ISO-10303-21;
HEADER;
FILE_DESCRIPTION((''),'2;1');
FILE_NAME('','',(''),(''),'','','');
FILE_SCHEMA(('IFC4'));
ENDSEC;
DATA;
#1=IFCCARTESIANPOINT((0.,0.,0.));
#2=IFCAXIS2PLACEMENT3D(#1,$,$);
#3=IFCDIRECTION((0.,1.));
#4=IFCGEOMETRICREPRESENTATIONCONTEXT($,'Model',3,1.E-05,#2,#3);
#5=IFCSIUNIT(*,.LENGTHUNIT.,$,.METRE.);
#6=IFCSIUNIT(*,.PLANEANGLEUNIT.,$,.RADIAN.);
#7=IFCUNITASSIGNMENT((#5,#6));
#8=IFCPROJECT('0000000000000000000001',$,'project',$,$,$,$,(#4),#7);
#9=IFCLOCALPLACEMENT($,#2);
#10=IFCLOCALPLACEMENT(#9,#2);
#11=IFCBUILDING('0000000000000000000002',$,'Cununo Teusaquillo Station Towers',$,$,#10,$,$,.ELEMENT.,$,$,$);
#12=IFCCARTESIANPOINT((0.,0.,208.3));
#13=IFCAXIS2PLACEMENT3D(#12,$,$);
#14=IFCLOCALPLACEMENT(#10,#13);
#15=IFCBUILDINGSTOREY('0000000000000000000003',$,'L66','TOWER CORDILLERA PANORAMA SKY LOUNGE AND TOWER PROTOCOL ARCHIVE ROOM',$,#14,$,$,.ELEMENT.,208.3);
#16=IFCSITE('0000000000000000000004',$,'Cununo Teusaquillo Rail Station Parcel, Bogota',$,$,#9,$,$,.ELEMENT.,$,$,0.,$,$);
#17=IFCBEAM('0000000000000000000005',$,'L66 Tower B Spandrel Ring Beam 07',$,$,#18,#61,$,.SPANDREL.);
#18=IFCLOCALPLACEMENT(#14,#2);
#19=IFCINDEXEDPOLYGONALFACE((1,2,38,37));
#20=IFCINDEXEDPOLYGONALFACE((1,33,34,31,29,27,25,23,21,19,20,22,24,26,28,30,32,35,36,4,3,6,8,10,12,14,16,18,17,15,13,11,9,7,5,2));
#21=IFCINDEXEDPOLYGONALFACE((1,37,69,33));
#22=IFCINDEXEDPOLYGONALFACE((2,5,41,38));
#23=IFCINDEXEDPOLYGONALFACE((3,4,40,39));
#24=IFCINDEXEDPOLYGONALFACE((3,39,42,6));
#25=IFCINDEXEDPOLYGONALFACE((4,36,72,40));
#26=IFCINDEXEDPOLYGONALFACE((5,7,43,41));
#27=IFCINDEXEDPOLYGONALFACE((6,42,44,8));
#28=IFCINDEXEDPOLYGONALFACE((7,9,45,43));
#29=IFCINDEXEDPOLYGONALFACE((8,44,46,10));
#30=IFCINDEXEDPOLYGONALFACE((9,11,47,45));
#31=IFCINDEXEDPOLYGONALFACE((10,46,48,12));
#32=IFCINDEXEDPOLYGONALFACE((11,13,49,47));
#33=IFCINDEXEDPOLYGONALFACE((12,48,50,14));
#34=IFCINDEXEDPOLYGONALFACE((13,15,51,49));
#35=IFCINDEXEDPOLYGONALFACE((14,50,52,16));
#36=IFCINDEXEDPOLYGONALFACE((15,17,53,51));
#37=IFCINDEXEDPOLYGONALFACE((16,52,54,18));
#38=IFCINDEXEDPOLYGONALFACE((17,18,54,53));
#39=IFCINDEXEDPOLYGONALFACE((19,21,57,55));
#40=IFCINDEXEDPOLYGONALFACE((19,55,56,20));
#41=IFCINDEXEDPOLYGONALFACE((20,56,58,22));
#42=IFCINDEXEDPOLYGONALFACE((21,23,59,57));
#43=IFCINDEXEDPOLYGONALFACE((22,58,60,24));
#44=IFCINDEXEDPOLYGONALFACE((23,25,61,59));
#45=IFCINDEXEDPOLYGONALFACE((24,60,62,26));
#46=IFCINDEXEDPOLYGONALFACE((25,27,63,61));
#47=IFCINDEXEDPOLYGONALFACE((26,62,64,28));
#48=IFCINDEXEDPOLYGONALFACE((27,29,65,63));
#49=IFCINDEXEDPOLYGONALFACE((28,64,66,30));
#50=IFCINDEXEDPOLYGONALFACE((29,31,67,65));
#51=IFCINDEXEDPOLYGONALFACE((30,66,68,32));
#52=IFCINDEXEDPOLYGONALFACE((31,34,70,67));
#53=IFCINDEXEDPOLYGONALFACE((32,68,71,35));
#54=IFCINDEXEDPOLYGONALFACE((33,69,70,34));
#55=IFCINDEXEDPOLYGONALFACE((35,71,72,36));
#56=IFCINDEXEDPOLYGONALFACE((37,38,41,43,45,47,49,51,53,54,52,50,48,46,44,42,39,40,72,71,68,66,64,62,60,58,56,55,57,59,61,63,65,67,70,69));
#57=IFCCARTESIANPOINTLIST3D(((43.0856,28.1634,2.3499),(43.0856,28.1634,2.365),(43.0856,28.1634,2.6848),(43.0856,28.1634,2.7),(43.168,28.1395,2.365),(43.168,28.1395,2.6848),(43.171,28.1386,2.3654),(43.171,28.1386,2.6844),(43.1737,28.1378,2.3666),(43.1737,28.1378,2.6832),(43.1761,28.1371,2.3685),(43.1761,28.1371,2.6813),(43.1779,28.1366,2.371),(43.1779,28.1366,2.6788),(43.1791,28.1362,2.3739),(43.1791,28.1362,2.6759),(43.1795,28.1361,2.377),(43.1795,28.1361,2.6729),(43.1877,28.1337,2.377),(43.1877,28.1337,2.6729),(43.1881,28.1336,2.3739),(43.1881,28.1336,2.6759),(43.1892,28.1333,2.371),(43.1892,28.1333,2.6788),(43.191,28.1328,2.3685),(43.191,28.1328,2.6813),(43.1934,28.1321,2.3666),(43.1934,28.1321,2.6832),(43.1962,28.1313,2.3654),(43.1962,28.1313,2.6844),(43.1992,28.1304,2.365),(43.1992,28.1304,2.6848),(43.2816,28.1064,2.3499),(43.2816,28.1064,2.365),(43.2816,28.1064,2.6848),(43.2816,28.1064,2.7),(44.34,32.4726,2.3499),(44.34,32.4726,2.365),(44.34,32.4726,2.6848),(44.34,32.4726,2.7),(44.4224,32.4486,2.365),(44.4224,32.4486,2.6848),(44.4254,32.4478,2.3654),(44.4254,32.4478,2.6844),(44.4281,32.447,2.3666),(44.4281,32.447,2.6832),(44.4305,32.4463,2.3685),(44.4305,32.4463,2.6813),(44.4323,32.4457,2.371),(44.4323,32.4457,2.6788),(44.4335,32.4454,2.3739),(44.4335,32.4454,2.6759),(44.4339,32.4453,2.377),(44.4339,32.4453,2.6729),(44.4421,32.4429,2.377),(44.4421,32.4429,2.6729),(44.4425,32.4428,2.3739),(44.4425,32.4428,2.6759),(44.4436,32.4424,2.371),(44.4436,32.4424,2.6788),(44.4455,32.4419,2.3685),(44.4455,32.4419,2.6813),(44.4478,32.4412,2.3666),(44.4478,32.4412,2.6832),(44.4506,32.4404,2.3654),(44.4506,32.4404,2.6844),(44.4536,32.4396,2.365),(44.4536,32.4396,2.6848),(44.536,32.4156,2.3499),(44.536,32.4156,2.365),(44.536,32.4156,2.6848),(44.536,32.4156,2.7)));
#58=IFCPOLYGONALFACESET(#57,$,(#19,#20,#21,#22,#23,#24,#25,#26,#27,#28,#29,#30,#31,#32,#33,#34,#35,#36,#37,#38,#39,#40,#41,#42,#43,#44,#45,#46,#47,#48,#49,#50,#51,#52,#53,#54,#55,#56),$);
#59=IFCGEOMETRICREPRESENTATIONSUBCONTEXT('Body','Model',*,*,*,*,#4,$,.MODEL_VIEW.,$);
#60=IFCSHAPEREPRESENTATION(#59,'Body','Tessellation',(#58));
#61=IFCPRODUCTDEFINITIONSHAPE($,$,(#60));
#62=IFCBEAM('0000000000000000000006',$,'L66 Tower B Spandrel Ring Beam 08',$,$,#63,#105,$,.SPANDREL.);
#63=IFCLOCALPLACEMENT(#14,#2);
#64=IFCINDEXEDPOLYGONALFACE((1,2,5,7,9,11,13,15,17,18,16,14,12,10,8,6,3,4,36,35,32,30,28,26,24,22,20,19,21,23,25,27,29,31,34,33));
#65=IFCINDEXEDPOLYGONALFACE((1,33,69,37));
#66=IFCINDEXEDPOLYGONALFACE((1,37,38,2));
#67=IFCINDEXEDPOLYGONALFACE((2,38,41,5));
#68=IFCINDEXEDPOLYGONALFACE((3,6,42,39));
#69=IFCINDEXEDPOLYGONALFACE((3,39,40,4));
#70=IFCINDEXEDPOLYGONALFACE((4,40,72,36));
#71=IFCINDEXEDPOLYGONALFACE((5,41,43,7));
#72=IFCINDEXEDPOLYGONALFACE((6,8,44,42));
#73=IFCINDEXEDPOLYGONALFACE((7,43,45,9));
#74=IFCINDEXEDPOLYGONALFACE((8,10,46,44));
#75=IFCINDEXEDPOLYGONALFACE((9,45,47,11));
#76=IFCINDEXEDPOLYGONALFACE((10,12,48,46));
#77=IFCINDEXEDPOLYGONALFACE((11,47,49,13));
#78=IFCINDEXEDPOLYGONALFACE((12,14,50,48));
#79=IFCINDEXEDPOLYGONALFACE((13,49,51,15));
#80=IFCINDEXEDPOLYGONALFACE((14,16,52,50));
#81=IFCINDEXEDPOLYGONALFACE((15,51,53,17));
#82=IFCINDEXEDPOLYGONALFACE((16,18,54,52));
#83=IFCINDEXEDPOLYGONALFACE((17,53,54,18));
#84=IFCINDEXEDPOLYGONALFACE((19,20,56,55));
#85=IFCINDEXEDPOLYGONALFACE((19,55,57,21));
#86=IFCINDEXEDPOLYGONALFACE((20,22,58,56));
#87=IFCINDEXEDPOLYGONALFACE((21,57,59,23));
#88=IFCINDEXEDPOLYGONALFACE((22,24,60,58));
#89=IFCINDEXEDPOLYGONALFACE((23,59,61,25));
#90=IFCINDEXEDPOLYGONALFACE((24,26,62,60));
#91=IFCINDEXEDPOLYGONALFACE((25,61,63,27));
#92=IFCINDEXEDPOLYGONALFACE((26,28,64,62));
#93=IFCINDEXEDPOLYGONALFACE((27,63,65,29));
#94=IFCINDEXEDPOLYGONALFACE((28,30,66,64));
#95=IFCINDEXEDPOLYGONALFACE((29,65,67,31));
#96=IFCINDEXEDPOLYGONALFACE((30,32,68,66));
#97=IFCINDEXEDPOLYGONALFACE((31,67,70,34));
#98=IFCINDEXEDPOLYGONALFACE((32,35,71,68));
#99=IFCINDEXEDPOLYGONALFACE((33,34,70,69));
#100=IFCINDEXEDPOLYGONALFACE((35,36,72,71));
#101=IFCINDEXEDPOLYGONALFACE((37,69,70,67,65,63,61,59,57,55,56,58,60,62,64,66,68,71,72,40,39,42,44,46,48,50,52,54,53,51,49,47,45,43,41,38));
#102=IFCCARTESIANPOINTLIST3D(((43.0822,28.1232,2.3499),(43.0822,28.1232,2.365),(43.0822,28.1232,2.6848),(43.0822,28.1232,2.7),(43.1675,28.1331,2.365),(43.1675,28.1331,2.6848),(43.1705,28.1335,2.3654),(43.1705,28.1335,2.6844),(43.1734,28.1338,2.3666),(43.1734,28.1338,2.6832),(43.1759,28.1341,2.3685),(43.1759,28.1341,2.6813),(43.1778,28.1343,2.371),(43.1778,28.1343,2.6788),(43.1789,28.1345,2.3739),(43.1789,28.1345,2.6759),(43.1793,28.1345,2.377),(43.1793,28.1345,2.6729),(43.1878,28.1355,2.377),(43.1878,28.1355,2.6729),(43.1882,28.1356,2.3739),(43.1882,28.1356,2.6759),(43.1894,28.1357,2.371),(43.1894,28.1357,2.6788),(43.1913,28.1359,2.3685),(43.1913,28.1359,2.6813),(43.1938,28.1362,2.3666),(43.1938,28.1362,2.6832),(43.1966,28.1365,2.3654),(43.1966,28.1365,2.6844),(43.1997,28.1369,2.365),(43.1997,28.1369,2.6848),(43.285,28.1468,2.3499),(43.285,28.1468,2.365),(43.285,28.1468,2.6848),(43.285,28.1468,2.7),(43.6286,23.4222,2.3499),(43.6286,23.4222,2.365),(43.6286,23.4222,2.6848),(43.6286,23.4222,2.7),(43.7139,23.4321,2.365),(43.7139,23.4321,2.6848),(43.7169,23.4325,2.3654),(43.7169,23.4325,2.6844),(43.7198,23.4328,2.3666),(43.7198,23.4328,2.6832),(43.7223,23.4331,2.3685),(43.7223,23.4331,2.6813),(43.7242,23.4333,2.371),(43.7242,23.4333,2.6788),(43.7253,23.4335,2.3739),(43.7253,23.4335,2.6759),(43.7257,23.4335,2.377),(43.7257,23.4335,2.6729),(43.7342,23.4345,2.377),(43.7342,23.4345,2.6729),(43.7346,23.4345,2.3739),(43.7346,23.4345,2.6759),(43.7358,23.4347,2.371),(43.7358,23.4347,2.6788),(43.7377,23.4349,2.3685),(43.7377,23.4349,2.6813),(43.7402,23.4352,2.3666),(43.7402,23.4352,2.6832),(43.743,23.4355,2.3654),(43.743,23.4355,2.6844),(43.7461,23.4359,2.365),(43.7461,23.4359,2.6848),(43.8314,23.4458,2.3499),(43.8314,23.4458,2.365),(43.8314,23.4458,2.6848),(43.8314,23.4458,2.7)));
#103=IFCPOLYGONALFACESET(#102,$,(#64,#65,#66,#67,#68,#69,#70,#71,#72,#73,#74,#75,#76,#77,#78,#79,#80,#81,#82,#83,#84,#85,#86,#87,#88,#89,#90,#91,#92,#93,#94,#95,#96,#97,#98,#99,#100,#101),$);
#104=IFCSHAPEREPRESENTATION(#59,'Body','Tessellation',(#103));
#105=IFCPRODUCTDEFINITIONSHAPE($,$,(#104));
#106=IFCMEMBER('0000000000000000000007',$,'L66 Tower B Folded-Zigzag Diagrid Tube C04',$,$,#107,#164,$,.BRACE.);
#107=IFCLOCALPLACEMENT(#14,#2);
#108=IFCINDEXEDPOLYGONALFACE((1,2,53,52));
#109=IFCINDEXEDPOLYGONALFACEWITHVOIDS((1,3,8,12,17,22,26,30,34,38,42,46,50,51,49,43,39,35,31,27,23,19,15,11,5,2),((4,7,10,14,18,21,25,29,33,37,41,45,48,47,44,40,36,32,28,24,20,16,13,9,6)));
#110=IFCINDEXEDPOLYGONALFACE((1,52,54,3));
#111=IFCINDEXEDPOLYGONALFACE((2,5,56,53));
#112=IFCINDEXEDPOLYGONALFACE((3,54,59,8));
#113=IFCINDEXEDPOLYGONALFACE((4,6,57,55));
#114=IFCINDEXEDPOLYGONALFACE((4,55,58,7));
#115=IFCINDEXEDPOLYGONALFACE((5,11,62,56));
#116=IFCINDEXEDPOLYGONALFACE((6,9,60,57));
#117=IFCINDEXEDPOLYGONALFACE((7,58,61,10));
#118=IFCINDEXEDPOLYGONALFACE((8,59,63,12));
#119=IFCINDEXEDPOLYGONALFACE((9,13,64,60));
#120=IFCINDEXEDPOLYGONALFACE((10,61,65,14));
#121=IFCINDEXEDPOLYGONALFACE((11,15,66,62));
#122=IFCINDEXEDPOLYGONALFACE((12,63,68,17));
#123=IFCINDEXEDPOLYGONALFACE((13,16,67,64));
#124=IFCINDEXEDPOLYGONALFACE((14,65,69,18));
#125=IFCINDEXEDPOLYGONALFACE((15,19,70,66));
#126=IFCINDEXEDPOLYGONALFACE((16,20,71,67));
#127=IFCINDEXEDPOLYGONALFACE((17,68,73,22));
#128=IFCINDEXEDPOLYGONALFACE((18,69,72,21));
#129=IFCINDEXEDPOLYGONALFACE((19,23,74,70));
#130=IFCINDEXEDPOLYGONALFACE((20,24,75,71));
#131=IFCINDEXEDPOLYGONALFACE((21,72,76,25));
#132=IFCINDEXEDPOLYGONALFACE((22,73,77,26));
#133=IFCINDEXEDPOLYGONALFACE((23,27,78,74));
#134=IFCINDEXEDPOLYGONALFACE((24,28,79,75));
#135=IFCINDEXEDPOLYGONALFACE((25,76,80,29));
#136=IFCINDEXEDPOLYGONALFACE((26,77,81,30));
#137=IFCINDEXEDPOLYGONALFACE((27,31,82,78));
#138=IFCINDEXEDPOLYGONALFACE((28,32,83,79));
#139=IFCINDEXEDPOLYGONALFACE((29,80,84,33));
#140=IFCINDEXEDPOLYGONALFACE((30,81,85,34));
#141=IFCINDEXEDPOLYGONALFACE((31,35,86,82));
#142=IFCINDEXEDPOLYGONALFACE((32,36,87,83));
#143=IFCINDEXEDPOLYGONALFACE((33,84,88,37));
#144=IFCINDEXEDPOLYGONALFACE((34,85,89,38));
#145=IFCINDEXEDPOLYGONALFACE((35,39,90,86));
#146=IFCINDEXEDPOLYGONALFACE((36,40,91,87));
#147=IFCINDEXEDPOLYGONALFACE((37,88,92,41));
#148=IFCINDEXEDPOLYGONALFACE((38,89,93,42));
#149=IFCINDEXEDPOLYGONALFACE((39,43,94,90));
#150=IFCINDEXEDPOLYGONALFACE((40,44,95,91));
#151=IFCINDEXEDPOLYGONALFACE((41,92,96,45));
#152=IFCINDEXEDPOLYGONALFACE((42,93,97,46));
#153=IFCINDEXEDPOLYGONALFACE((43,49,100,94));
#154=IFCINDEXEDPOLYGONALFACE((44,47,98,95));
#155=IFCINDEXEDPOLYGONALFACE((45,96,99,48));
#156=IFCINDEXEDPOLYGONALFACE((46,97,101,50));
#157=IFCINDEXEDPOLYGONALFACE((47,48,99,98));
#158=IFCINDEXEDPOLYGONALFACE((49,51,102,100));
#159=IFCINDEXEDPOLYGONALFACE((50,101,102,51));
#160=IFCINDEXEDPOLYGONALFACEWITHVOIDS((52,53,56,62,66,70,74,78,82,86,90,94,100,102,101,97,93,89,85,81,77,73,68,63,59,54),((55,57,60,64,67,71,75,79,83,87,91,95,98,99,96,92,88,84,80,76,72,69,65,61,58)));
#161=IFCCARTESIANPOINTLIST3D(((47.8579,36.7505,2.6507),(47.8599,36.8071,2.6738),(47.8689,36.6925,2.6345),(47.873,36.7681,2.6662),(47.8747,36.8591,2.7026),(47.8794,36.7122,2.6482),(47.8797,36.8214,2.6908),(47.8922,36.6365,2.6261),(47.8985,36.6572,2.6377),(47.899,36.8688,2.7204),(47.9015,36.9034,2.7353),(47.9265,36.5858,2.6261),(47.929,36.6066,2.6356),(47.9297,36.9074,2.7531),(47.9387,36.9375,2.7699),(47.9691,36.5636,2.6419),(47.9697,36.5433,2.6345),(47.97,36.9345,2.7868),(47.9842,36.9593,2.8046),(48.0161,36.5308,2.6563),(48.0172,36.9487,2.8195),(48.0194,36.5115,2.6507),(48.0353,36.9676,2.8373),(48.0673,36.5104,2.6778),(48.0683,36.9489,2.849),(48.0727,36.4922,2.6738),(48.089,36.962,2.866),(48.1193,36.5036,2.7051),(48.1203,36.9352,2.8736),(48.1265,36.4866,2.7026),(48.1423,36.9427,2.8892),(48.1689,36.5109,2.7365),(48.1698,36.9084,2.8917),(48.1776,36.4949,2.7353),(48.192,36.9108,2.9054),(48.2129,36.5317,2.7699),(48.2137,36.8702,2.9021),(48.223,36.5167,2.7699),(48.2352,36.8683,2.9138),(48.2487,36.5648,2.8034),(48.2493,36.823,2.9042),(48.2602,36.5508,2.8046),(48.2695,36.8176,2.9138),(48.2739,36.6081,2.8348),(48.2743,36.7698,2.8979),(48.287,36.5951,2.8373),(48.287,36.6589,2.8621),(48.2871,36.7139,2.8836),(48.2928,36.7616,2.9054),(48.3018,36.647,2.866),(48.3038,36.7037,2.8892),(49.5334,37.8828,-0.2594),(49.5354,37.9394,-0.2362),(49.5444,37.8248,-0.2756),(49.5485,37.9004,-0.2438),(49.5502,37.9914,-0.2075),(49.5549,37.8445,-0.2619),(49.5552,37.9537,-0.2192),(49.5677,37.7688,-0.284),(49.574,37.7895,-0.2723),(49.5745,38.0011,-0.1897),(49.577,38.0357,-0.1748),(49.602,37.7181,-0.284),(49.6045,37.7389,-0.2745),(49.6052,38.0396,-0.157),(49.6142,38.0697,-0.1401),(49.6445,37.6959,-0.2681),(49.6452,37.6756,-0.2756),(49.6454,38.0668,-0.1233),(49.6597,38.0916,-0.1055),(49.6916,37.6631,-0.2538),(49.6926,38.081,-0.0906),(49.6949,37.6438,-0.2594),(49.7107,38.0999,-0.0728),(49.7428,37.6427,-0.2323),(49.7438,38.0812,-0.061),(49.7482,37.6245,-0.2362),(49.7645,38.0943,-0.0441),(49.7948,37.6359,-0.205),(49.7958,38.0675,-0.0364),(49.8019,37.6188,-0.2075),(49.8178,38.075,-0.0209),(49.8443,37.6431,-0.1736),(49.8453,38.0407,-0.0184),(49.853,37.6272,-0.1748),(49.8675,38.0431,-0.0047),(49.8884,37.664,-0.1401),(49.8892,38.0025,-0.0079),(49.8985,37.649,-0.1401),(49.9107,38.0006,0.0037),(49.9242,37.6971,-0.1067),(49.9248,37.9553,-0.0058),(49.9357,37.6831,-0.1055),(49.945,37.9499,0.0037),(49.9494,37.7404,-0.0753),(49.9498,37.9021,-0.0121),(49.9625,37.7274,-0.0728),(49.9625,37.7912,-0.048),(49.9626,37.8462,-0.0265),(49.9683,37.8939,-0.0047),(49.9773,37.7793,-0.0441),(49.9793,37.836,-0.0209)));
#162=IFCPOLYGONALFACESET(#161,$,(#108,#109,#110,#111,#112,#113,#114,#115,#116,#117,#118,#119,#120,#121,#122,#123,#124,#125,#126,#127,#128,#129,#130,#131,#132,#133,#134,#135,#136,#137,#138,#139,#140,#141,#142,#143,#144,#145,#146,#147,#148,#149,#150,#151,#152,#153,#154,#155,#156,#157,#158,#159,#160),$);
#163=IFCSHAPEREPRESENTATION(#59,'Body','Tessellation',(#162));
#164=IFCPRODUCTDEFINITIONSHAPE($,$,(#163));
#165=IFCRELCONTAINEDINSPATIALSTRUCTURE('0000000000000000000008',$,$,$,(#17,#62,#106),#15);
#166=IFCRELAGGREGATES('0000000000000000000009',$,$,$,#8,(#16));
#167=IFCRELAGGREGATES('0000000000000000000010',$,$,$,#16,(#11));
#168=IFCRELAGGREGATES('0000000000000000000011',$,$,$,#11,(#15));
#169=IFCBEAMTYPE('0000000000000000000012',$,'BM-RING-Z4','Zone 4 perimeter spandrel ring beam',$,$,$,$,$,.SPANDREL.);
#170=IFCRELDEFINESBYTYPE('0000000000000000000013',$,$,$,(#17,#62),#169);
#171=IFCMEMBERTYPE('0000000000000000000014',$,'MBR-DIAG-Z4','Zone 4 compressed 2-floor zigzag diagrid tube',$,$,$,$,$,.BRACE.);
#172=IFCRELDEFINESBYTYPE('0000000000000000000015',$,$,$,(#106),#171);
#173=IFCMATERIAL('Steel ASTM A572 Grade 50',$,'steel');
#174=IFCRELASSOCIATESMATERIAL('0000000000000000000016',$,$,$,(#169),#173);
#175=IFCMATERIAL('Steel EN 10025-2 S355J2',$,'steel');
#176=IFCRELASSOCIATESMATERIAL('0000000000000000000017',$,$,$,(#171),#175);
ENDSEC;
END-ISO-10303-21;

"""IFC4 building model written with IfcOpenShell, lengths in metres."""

from ifc_helpers import new_model, si_unit, direction, frame, origin, origin_2d, place, context, subcontext, project, spatial, hollow_circle, i_section, extrude, material, material_profile, profile_set, type_object, element, save


model = new_model("IFC4")

# Units and contexts
model_context = context("Model", 3, precision=1e-05, world=origin(), true_north=direction((0.0, 1.0)))
body_context = subcontext(model_context, "Body", "Model", "MODEL_VIEW")
ifc_project = project(units=[si_unit("LENGTHUNIT", "METRE"), si_unit("PLANEANGLEUNIT", "RADIAN")], contexts=[model_context])

# Site, building, storey
site_placement = place(None, origin())
site = spatial("IfcSite", under=ifc_project, at=site_placement, Name="Cununo Teusaquillo Rail Station Parcel, Bogota", CompositionType="ELEMENT", RefElevation=0.0)
building_placement = place(site_placement, origin())
building = spatial("IfcBuilding", under=site, at=building_placement, Name="Cununo Teusaquillo Station Towers", CompositionType="ELEMENT")
storey_placement = place(building_placement, frame((0.0, 0.0, 208.3)))
storey = spatial("IfcBuildingStorey", under=building, at=storey_placement, Name="L66", Description="TOWER CORDILLERA PANORAMA SKY LOUNGE AND TOWER PROTOCOL ARCHIVE ROOM", CompositionType="ELEMENT", Elevation=208.3)

# Beams
ifc_material_1 = material(Name="Steel ASTM A572 Grade 50", Category="steel")
ifc_material_profile_1 = material_profile(ifc_material_1, i_section(OverallWidth=0.2041, OverallDepth=0.3501, WebThickness=0.0085, FlangeThickness=0.0151, FilletRadius=0.012, at=origin_2d()), Name="W14X48")
ifc_profile_set_1 = profile_set([ifc_material_profile_1], Name="Steel ASTM A572 Grade 50")
beam_type_1 = type_object("IfcBeamType", Name="BM-RING-Z4", Description="Zone 4 perimeter spandrel ring beam", PredefinedType="SPANDREL", material=ifc_profile_set_1)
beam_1_placement = place(storey_placement, frame((44.438, 32.4441, 2.5249), z_axis=(-0.279503, -0.960145, 0.0), x_axis=(0.960145, -0.279503, 0.0)))
element("IfcBeam", 1, at=beam_1_placement, inside=storey, type_object=beam_type_1, Name="L66 Tower B Spandrel Ring Beam 07", PredefinedType="SPANDREL", context=body_context, shape_type="SweptSolid", body=[
    extrude(i_section(OverallWidth=0.2041, OverallDepth=0.3501, WebThickness=0.0085, FlangeThickness=0.0151, FilletRadius=0.012, at=origin_2d()), origin(), (0.0, 0.0, 1.0), 4.488),
])
beam_2_placement = place(storey_placement, frame((43.1836, 28.135, 2.5249), z_axis=(0.115452, -0.993313, 0.0), x_axis=(0.993313, 0.115452, 0.0)))
element("IfcBeam", 2, at=beam_2_placement, inside=storey, type_object=beam_type_1, Name="L66 Tower B Spandrel Ring Beam 08", PredefinedType="SPANDREL", context=body_context, shape_type="SweptSolid", body=[
    extrude(i_section(OverallWidth=0.2041, OverallDepth=0.3501, WebThickness=0.0085, FlangeThickness=0.0151, FilletRadius=0.012, at=origin_2d()), origin(), (0.0, 0.0, 1.0), 4.7327),
])

# Member
ifc_material_2 = material(Name="Steel EN 10025-2 S355J2", Category="steel")
ifc_material_profile_2 = material_profile(ifc_material_2, hollow_circle(Radius=0.2539, WallThickness=0.0181, at=origin_2d()), Name="CHS 508x18")
ifc_profile_set_2 = profile_set([ifc_material_profile_2], Name="Steel EN 10025-2 S355J2")
member_type = type_object("IfcMemberType", Name="MBR-DIAG-Z4", Description="Zone 4 compressed 2-floor zigzag diagrid tube", PredefinedType="BRACE", material=ifc_profile_set_2)
member_1_placement = place(storey_placement, frame((49.7563, 37.8594, -0.1401), z_axis=(-0.472807, -0.319522, 0.821194), x_axis=(0.559927, -0.828542, 0.0)))
element("IfcMember", 3, at=member_1_placement, inside=storey, type_object=member_type, Name="L66 Tower B Folded-Zigzag Diagrid Tube C04", PredefinedType="BRACE", context=body_context, shape_type="SweptSolid", body=[
    extrude(hollow_circle(Radius=0.2539, WallThickness=0.0181, at=origin_2d()), origin(), (0.0, 0.0, 1.0), 3.5437),
])

save(model, "model.ifc")
